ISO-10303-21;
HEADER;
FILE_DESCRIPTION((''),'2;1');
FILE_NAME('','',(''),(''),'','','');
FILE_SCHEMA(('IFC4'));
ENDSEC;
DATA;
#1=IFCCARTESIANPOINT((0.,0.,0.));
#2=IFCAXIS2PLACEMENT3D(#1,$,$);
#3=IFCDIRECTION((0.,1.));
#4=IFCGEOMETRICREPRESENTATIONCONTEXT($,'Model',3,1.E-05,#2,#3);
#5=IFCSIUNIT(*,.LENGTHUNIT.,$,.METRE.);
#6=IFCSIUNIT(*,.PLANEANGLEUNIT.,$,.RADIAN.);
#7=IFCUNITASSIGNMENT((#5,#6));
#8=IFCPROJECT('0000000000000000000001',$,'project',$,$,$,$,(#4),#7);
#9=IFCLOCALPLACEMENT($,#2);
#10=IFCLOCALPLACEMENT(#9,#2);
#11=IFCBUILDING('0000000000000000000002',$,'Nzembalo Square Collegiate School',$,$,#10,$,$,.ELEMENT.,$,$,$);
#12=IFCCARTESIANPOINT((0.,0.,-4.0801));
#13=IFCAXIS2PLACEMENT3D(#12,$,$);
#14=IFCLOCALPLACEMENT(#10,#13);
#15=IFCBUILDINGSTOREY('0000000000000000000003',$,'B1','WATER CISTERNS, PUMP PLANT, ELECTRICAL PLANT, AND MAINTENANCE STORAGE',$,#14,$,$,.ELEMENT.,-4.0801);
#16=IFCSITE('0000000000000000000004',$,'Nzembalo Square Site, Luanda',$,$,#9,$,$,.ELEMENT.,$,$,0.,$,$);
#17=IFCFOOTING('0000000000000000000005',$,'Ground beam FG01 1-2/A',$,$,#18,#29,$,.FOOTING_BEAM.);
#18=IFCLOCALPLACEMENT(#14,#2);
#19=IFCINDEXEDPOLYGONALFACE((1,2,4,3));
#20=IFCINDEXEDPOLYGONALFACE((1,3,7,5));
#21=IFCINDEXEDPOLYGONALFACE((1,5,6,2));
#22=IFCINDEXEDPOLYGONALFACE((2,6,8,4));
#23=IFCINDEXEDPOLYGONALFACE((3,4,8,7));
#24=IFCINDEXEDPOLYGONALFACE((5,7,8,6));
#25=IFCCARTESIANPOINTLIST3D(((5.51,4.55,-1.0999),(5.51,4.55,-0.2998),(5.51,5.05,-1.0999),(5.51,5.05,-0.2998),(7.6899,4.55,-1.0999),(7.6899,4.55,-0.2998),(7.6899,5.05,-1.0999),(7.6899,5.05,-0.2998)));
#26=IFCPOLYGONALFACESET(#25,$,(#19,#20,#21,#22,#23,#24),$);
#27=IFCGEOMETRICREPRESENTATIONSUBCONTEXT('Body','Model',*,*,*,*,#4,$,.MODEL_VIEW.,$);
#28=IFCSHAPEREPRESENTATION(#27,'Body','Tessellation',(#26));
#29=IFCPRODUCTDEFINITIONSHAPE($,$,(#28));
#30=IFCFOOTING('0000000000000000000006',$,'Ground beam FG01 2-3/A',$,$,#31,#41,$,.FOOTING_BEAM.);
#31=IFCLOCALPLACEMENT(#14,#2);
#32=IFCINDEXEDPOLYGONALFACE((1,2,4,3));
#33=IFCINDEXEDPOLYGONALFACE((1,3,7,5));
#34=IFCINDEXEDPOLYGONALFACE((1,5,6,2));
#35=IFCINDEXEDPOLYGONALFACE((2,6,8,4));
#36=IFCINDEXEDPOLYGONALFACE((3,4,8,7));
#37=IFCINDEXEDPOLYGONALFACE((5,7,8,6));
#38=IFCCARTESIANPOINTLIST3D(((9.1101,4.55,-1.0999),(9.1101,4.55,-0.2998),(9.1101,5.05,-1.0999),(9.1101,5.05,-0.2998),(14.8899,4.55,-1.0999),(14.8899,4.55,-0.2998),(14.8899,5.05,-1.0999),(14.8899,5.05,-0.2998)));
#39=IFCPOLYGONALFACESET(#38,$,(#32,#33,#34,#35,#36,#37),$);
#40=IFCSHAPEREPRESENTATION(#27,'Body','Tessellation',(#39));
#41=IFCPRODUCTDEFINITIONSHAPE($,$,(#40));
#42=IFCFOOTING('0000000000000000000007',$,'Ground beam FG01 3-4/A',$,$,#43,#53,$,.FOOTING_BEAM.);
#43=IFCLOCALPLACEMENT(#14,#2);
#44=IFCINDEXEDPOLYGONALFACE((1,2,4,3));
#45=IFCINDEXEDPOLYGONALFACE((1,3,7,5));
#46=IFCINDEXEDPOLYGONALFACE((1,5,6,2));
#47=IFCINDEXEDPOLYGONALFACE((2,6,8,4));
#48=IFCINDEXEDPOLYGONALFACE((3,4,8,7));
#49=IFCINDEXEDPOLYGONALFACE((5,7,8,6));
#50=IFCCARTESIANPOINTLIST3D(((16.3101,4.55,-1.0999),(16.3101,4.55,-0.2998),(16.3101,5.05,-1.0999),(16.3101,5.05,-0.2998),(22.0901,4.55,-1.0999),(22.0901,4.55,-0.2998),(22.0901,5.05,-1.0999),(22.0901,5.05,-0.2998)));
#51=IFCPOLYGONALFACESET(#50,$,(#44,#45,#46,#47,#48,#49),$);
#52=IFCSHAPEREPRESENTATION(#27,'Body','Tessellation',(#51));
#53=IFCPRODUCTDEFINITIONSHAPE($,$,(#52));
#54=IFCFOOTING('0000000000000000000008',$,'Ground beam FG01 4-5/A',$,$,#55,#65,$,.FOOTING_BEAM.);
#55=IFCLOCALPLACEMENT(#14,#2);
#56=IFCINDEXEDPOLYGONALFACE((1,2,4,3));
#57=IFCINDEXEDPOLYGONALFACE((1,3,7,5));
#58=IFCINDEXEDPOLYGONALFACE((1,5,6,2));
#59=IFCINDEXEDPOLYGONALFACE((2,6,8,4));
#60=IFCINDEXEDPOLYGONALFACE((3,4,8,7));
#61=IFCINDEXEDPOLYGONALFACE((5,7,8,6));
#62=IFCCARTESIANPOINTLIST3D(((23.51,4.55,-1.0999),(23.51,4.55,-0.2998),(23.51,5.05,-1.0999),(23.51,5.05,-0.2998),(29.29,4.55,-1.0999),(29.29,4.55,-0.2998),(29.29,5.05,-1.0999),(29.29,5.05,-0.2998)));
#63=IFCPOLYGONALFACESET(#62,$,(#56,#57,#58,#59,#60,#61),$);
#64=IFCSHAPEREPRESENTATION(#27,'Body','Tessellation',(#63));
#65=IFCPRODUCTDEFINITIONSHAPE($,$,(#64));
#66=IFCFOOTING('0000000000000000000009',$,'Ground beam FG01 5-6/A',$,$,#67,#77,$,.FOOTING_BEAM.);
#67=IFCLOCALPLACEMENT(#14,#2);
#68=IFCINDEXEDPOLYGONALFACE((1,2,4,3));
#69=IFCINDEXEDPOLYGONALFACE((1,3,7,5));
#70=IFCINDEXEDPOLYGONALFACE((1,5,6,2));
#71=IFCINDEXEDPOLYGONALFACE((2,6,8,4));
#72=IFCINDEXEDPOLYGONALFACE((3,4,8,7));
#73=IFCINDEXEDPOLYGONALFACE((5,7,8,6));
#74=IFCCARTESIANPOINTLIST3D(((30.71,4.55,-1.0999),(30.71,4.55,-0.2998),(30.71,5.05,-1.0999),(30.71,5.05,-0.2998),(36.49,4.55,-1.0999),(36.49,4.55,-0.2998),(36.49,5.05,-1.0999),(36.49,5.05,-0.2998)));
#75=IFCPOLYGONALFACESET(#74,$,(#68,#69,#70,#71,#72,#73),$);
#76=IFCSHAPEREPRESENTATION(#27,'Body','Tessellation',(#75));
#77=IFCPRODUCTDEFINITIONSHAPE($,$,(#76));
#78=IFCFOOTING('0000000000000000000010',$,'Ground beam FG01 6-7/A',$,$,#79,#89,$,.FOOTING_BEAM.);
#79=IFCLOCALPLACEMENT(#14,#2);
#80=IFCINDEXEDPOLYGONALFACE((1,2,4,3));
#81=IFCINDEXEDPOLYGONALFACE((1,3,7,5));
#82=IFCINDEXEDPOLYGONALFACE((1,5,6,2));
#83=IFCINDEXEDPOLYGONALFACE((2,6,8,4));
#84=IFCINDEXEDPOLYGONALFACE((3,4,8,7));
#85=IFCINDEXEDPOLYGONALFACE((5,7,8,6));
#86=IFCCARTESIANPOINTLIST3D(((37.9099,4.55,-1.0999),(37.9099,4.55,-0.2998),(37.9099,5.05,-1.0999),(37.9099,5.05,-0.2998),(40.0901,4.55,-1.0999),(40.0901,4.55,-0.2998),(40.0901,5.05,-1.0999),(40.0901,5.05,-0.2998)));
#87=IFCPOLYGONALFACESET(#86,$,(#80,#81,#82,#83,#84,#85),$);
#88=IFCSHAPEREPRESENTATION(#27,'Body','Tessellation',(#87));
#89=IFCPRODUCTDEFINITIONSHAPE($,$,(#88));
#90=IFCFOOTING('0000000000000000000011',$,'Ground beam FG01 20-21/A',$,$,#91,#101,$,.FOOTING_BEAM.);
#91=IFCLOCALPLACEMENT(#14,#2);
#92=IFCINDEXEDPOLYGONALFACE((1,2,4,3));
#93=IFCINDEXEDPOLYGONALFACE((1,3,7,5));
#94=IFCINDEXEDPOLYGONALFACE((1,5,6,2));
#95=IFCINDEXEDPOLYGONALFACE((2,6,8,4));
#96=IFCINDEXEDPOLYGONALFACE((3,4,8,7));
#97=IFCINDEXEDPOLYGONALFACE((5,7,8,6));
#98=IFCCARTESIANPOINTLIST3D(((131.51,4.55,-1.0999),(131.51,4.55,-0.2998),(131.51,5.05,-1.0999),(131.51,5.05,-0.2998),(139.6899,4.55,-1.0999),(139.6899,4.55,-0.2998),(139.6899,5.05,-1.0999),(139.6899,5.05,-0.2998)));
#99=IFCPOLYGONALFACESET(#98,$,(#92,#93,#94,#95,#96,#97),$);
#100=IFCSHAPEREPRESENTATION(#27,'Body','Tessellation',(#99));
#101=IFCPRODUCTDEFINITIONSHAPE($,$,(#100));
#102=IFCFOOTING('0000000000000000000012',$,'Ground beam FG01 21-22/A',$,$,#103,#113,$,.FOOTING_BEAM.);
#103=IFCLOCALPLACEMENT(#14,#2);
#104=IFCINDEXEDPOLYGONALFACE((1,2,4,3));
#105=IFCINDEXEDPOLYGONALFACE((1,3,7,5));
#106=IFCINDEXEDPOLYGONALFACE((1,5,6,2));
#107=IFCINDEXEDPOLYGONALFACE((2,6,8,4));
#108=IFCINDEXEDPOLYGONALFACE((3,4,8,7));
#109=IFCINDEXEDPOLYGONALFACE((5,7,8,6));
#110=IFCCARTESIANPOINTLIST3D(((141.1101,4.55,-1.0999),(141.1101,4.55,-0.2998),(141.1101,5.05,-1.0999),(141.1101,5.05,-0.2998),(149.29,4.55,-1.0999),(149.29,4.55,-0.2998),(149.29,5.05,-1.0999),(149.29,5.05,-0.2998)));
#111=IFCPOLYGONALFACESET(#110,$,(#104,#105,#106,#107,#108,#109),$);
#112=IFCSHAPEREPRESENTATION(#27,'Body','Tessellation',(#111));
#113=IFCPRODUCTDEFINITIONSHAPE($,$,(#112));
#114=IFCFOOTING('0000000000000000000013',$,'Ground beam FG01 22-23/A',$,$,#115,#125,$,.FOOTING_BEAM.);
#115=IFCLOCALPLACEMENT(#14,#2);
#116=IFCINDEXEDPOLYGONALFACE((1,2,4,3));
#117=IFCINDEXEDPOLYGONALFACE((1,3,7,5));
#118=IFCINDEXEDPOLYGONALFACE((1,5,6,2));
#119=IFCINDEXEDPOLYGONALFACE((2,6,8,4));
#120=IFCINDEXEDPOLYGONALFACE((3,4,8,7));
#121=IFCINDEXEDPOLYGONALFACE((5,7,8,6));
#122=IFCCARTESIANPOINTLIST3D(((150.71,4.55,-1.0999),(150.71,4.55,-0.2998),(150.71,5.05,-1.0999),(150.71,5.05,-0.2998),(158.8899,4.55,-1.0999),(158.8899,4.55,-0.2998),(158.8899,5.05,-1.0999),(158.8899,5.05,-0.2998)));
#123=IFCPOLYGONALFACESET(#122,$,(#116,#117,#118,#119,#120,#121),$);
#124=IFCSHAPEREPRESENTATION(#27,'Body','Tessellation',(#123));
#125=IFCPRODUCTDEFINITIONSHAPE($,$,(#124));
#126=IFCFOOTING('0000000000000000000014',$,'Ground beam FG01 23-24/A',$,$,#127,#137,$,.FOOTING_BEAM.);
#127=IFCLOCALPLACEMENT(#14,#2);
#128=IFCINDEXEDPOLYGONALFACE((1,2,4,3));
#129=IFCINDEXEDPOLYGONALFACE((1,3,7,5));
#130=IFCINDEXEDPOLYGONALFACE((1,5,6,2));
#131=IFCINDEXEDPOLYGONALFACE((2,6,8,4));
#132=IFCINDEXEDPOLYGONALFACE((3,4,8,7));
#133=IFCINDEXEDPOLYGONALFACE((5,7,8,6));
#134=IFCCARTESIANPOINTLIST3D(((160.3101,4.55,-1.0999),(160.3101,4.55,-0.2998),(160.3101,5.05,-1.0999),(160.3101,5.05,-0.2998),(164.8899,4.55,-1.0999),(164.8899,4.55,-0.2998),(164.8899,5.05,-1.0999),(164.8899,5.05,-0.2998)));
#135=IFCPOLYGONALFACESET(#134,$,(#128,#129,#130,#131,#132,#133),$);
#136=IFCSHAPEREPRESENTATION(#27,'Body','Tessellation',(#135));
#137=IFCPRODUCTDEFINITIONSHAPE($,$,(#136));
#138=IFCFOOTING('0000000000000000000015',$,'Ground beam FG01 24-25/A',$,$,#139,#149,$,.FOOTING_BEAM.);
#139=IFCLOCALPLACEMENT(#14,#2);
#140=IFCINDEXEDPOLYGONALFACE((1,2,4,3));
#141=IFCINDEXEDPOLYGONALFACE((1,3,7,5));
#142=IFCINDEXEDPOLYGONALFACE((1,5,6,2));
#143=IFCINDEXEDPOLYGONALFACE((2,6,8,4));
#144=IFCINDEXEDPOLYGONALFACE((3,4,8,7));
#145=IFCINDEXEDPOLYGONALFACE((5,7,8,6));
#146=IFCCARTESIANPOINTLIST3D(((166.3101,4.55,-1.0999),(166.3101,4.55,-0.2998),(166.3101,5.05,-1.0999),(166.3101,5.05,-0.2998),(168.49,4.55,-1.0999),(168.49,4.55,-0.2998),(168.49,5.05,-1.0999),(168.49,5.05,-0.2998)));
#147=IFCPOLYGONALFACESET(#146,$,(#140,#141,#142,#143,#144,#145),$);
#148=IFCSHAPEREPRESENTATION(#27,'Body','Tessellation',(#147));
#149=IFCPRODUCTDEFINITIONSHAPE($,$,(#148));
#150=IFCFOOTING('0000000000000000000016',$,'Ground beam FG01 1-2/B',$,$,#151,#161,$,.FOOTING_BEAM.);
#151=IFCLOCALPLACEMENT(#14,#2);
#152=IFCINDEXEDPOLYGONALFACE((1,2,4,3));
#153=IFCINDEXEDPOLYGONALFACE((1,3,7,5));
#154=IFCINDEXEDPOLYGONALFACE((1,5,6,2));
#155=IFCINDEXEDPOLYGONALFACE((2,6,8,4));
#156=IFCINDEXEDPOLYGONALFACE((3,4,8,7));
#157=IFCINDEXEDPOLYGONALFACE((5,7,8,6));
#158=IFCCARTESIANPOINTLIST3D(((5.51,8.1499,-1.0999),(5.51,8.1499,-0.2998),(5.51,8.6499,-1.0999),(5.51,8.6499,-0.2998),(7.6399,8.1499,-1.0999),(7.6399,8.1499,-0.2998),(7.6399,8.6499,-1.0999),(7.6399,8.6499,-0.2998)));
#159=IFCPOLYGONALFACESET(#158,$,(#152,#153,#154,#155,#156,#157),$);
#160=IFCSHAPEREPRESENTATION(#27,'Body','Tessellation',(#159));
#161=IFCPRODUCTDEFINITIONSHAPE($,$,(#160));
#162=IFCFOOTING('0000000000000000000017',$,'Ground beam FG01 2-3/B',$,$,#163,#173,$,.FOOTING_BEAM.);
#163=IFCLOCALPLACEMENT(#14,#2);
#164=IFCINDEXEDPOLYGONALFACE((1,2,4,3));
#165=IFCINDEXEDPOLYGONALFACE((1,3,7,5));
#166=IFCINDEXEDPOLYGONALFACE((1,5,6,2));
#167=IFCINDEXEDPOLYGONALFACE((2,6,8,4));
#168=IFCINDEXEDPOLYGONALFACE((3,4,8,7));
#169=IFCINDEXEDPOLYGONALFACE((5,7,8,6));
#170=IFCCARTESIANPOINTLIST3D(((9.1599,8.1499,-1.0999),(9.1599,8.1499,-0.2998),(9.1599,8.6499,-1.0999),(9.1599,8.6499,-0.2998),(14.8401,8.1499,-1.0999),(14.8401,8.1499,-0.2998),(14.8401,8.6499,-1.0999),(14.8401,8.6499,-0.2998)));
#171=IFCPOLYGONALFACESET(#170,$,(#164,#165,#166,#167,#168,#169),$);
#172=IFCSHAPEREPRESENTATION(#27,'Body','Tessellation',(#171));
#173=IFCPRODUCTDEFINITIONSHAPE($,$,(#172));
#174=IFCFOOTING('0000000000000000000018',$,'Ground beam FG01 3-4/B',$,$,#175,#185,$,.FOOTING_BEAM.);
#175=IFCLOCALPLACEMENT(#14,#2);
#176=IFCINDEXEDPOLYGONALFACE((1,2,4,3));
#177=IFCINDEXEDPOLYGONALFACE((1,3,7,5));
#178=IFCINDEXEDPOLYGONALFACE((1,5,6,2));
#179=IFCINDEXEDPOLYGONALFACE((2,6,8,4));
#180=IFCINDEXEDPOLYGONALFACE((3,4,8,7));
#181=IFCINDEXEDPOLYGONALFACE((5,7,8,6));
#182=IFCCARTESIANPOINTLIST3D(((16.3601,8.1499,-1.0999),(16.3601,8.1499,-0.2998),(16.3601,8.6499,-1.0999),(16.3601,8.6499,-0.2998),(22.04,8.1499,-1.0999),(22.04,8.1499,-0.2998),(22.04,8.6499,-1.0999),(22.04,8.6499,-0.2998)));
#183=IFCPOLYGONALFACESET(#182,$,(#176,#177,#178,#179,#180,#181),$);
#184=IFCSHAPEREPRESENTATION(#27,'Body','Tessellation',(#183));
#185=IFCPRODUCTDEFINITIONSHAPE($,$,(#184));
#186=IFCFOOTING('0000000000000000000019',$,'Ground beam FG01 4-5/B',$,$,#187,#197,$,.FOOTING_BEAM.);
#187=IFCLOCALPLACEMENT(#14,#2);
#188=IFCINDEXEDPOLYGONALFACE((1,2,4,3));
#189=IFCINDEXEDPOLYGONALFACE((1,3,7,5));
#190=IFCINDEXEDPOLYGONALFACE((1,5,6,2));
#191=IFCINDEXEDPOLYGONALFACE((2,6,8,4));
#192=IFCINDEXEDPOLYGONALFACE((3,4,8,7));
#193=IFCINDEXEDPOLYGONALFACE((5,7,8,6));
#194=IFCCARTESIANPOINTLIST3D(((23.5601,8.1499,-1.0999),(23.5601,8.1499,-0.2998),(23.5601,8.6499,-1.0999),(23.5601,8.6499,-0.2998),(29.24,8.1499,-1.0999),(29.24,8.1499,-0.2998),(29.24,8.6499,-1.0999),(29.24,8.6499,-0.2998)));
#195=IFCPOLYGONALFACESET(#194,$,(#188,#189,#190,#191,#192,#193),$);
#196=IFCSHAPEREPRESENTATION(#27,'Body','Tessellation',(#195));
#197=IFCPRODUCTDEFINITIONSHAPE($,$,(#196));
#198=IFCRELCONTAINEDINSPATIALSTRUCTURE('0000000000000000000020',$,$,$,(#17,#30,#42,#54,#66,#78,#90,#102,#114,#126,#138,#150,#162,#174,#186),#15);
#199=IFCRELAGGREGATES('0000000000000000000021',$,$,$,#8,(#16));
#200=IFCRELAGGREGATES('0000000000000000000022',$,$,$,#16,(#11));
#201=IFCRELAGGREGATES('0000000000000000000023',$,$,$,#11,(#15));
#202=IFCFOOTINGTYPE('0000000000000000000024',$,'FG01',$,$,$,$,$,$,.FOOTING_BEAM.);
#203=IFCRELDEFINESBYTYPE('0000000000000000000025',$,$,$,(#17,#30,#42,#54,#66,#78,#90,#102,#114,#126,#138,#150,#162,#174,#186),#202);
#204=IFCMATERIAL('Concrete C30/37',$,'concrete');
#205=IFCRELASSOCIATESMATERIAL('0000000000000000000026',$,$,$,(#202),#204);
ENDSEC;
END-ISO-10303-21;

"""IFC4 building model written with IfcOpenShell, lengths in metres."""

from ifc_helpers import new_model, si_unit, direction, frame, origin, place, context, subcontext, project, spatial, polyline, outline, extrude, material, type_object, element, save


model = new_model("IFC4")

# Units and contexts
model_context = context("Model", 3, precision=1e-05, world=origin(), true_north=direction((0.0, 1.0)))
body_context = subcontext(model_context, "Body", "Model", "MODEL_VIEW")
ifc_project = project(units=[si_unit("LENGTHUNIT", "METRE"), si_unit("PLANEANGLEUNIT", "RADIAN")], contexts=[model_context])

# Site, building, storey
site_placement = place(None, origin())
site = spatial("IfcSite", under=ifc_project, at=site_placement, Name="Nzembalo Square Site, Luanda", CompositionType="ELEMENT", RefElevation=0.0)
building_placement = place(site_placement, origin())
building = spatial("IfcBuilding", under=site, at=building_placement, Name="Nzembalo Square Collegiate School", CompositionType="ELEMENT")
storey_placement = place(building_placement, frame((0.0, 0.0, -4.0801)))
storey = spatial("IfcBuildingStorey", under=building, at=storey_placement, Name="B1", Description="WATER CISTERNS, PUMP PLANT, ELECTRICAL PLANT, AND MAINTENANCE STORAGE", CompositionType="ELEMENT", Elevation=-4.0801)

# Footings
ifc_material = material(Name="Concrete C30/37", Category="concrete")
footing_type = type_object("IfcFootingType", Name="FG01", PredefinedType="FOOTING_BEAM", material=ifc_material)
footing_1_placement = place(storey_placement, frame((0.0, 0.0, -1.0999)))
element("IfcFooting", 1, at=footing_1_placement, inside=storey, type_object=footing_type, Name="Ground beam FG01 1-2/A", PredefinedType="FOOTING_BEAM", context=body_context, shape_type="SweptSolid", body=[
    extrude(outline(polyline([(5.51, 4.55), (7.6899, 4.55), (7.6899, 5.05), (5.51, 5.05), (5.51, 4.55)])), origin(), (0.0, 0.0, 1.0), 0.8),
])
footing_2_placement = place(storey_placement, frame((0.0, 0.0, -1.0999)))
element("IfcFooting", 2, at=footing_2_placement, inside=storey, type_object=footing_type, Name="Ground beam FG01 2-3/A", PredefinedType="FOOTING_BEAM", context=body_context, shape_type="SweptSolid", body=[
    extrude(outline(polyline([(9.1101, 4.55), (14.8899, 4.55), (14.8899, 5.05), (9.1101, 5.05), (9.1101, 4.55)])), origin(), (0.0, 0.0, 1.0), 0.8),
])
footing_3_placement = place(storey_placement, frame((0.0, 0.0, -1.0999)))
element("IfcFooting", 3, at=footing_3_placement, inside=storey, type_object=footing_type, Name="Ground beam FG01 3-4/A", PredefinedType="FOOTING_BEAM", context=body_context, shape_type="SweptSolid", body=[
    extrude(outline(polyline([(16.3101, 4.55), (22.0901, 4.55), (22.0901, 5.05), (16.3101, 5.05), (16.3101, 4.55)])), origin(), (0.0, 0.0, 1.0), 0.8),
])
footing_4_placement = place(storey_placement, frame((0.0, 0.0, -1.0999)))
element("IfcFooting", 4, at=footing_4_placement, inside=storey, type_object=footing_type, Name="Ground beam FG01 4-5/A", PredefinedType="FOOTING_BEAM", context=body_context, shape_type="SweptSolid", body=[
    extrude(outline(polyline([(23.51, 4.55), (29.29, 4.55), (29.29, 5.05), (23.51, 5.05), (23.51, 4.55)])), origin(), (0.0, 0.0, 1.0), 0.8),
])
footing_5_placement = place(storey_placement, frame((0.0, 0.0, -1.0999)))
element("IfcFooting", 5, at=footing_5_placement, inside=storey, type_object=footing_type, Name="Ground beam FG01 5-6/A", PredefinedType="FOOTING_BEAM", context=body_context, shape_type="SweptSolid", body=[
    extrude(outline(polyline([(30.71, 4.55), (36.49, 4.55), (36.49, 5.05), (30.71, 5.05), (30.71, 4.55)])), origin(), (0.0, 0.0, 1.0), 0.8),
])
footing_6_placement = place(storey_placement, frame((0.0, 0.0, -1.0999)))
element("IfcFooting", 6, at=footing_6_placement, inside=storey, type_object=footing_type, Name="Ground beam FG01 6-7/A", PredefinedType="FOOTING_BEAM", context=body_context, shape_type="SweptSolid", body=[
    extrude(outline(polyline([(37.9099, 4.55), (40.0901, 4.55), (40.0901, 5.05), (37.9099, 5.05), (37.9099, 4.55)])), origin(), (0.0, 0.0, 1.0), 0.8),
])
footing_7_placement = place(storey_placement, frame((0.0, 0.0, -1.0999)))
element("IfcFooting", 7, at=footing_7_placement, inside=storey, type_object=footing_type, Name="Ground beam FG01 20-21/A", PredefinedType="FOOTING_BEAM", context=body_context, shape_type="SweptSolid", body=[
    extrude(outline(polyline([(131.51, 4.55), (139.6899, 4.55), (139.6899, 5.05), (131.51, 5.05), (131.51, 4.55)])), origin(), (0.0, 0.0, 1.0), 0.8),
])
footing_8_placement = place(storey_placement, frame((0.0, 0.0, -1.0999)))
element("IfcFooting", 8, at=footing_8_placement, inside=storey, type_object=footing_type, Name="Ground beam FG01 21-22/A", PredefinedType="FOOTING_BEAM", context=body_context, shape_type="SweptSolid", body=[
    extrude(outline(polyline([(141.1101, 4.55), (149.29, 4.55), (149.29, 5.05), (141.1101, 5.05), (141.1101, 4.55)])), origin(), (0.0, 0.0, 1.0), 0.8),
])
footing_9_placement = place(storey_placement, frame((0.0, 0.0, -1.0999)))
element("IfcFooting", 9, at=footing_9_placement, inside=storey, type_object=footing_type, Name="Ground beam FG01 22-23/A", PredefinedType="FOOTING_BEAM", context=body_context, shape_type="SweptSolid", body=[
    extrude(outline(polyline([(150.71, 4.55), (158.8899, 4.55), (158.8899, 5.05), (150.71, 5.05), (150.71, 4.55)])), origin(), (0.0, 0.0, 1.0), 0.8),
])
footing_10_placement = place(storey_placement, frame((0.0, 0.0, -1.0999)))
element("IfcFooting", 10, at=footing_10_placement, inside=storey, type_object=footing_type, Name="Ground beam FG01 23-24/A", PredefinedType="FOOTING_BEAM", context=body_context, shape_type="SweptSolid", body=[
    extrude(outline(polyline([(160.3101, 4.55), (164.8899, 4.55), (164.8899, 5.05), (160.3101, 5.05), (160.3101, 4.55)])), origin(), (0.0, 0.0, 1.0), 0.8),
])
footing_11_placement = place(storey_placement, frame((0.0, 0.0, -1.0999)))
element("IfcFooting", 11, at=footing_11_placement, inside=storey, type_object=footing_type, Name="Ground beam FG01 24-25/A", PredefinedType="FOOTING_BEAM", context=body_context, shape_type="SweptSolid", body=[
    extrude(outline(polyline([(166.3101, 4.55), (168.49, 4.55), (168.49, 5.05), (166.3101, 5.05), (166.3101, 4.55)])), origin(), (0.0, 0.0, 1.0), 0.8),
])
footing_12_placement = place(storey_placement, frame((0.0, 0.0, -1.0999)))
element("IfcFooting", 12, at=footing_12_placement, inside=storey, type_object=footing_type, Name="Ground beam FG01 1-2/B", PredefinedType="FOOTING_BEAM", context=body_context, shape_type="SweptSolid", body=[
    extrude(outline(polyline([(5.51, 8.1499), (7.6399, 8.1499), (7.6399, 8.6499), (5.51, 8.6499), (5.51, 8.1499)])), origin(), (0.0, 0.0, 1.0), 0.8),
])
footing_13_placement = place(storey_placement, frame((0.0, 0.0, -1.0999)))
element("IfcFooting", 13, at=footing_13_placement, inside=storey, type_object=footing_type, Name="Ground beam FG01 2-3/B", PredefinedType="FOOTING_BEAM", context=body_context, shape_type="SweptSolid", body=[
    extrude(outline(polyline([(9.1599, 8.1499), (14.8401, 8.1499), (14.8401, 8.6499), (9.1599, 8.6499), (9.1599, 8.1499)])), origin(), (0.0, 0.0, 1.0), 0.8),
])
footing_14_placement = place(storey_placement, frame((0.0, 0.0, -1.0999)))
element("IfcFooting", 14, at=footing_14_placement, inside=storey, type_object=footing_type, Name="Ground beam FG01 3-4/B", PredefinedType="FOOTING_BEAM", context=body_context, shape_type="SweptSolid", body=[
    extrude(outline(polyline([(16.3601, 8.1499), (22.04, 8.1499), (22.04, 8.6499), (16.3601, 8.6499), (16.3601, 8.1499)])), origin(), (0.0, 0.0, 1.0), 0.8),
])
footing_15_placement = place(storey_placement, frame((0.0, 0.0, -1.0999)))
element("IfcFooting", 15, at=footing_15_placement, inside=storey, type_object=footing_type, Name="Ground beam FG01 4-5/B", PredefinedType="FOOTING_BEAM", context=body_context, shape_type="SweptSolid", body=[
    extrude(outline(polyline([(23.5601, 8.1499), (29.24, 8.1499), (29.24, 8.6499), (23.5601, 8.6499), (23.5601, 8.1499)])), origin(), (0.0, 0.0, 1.0), 0.8),
])

save(model, "model.ifc")
